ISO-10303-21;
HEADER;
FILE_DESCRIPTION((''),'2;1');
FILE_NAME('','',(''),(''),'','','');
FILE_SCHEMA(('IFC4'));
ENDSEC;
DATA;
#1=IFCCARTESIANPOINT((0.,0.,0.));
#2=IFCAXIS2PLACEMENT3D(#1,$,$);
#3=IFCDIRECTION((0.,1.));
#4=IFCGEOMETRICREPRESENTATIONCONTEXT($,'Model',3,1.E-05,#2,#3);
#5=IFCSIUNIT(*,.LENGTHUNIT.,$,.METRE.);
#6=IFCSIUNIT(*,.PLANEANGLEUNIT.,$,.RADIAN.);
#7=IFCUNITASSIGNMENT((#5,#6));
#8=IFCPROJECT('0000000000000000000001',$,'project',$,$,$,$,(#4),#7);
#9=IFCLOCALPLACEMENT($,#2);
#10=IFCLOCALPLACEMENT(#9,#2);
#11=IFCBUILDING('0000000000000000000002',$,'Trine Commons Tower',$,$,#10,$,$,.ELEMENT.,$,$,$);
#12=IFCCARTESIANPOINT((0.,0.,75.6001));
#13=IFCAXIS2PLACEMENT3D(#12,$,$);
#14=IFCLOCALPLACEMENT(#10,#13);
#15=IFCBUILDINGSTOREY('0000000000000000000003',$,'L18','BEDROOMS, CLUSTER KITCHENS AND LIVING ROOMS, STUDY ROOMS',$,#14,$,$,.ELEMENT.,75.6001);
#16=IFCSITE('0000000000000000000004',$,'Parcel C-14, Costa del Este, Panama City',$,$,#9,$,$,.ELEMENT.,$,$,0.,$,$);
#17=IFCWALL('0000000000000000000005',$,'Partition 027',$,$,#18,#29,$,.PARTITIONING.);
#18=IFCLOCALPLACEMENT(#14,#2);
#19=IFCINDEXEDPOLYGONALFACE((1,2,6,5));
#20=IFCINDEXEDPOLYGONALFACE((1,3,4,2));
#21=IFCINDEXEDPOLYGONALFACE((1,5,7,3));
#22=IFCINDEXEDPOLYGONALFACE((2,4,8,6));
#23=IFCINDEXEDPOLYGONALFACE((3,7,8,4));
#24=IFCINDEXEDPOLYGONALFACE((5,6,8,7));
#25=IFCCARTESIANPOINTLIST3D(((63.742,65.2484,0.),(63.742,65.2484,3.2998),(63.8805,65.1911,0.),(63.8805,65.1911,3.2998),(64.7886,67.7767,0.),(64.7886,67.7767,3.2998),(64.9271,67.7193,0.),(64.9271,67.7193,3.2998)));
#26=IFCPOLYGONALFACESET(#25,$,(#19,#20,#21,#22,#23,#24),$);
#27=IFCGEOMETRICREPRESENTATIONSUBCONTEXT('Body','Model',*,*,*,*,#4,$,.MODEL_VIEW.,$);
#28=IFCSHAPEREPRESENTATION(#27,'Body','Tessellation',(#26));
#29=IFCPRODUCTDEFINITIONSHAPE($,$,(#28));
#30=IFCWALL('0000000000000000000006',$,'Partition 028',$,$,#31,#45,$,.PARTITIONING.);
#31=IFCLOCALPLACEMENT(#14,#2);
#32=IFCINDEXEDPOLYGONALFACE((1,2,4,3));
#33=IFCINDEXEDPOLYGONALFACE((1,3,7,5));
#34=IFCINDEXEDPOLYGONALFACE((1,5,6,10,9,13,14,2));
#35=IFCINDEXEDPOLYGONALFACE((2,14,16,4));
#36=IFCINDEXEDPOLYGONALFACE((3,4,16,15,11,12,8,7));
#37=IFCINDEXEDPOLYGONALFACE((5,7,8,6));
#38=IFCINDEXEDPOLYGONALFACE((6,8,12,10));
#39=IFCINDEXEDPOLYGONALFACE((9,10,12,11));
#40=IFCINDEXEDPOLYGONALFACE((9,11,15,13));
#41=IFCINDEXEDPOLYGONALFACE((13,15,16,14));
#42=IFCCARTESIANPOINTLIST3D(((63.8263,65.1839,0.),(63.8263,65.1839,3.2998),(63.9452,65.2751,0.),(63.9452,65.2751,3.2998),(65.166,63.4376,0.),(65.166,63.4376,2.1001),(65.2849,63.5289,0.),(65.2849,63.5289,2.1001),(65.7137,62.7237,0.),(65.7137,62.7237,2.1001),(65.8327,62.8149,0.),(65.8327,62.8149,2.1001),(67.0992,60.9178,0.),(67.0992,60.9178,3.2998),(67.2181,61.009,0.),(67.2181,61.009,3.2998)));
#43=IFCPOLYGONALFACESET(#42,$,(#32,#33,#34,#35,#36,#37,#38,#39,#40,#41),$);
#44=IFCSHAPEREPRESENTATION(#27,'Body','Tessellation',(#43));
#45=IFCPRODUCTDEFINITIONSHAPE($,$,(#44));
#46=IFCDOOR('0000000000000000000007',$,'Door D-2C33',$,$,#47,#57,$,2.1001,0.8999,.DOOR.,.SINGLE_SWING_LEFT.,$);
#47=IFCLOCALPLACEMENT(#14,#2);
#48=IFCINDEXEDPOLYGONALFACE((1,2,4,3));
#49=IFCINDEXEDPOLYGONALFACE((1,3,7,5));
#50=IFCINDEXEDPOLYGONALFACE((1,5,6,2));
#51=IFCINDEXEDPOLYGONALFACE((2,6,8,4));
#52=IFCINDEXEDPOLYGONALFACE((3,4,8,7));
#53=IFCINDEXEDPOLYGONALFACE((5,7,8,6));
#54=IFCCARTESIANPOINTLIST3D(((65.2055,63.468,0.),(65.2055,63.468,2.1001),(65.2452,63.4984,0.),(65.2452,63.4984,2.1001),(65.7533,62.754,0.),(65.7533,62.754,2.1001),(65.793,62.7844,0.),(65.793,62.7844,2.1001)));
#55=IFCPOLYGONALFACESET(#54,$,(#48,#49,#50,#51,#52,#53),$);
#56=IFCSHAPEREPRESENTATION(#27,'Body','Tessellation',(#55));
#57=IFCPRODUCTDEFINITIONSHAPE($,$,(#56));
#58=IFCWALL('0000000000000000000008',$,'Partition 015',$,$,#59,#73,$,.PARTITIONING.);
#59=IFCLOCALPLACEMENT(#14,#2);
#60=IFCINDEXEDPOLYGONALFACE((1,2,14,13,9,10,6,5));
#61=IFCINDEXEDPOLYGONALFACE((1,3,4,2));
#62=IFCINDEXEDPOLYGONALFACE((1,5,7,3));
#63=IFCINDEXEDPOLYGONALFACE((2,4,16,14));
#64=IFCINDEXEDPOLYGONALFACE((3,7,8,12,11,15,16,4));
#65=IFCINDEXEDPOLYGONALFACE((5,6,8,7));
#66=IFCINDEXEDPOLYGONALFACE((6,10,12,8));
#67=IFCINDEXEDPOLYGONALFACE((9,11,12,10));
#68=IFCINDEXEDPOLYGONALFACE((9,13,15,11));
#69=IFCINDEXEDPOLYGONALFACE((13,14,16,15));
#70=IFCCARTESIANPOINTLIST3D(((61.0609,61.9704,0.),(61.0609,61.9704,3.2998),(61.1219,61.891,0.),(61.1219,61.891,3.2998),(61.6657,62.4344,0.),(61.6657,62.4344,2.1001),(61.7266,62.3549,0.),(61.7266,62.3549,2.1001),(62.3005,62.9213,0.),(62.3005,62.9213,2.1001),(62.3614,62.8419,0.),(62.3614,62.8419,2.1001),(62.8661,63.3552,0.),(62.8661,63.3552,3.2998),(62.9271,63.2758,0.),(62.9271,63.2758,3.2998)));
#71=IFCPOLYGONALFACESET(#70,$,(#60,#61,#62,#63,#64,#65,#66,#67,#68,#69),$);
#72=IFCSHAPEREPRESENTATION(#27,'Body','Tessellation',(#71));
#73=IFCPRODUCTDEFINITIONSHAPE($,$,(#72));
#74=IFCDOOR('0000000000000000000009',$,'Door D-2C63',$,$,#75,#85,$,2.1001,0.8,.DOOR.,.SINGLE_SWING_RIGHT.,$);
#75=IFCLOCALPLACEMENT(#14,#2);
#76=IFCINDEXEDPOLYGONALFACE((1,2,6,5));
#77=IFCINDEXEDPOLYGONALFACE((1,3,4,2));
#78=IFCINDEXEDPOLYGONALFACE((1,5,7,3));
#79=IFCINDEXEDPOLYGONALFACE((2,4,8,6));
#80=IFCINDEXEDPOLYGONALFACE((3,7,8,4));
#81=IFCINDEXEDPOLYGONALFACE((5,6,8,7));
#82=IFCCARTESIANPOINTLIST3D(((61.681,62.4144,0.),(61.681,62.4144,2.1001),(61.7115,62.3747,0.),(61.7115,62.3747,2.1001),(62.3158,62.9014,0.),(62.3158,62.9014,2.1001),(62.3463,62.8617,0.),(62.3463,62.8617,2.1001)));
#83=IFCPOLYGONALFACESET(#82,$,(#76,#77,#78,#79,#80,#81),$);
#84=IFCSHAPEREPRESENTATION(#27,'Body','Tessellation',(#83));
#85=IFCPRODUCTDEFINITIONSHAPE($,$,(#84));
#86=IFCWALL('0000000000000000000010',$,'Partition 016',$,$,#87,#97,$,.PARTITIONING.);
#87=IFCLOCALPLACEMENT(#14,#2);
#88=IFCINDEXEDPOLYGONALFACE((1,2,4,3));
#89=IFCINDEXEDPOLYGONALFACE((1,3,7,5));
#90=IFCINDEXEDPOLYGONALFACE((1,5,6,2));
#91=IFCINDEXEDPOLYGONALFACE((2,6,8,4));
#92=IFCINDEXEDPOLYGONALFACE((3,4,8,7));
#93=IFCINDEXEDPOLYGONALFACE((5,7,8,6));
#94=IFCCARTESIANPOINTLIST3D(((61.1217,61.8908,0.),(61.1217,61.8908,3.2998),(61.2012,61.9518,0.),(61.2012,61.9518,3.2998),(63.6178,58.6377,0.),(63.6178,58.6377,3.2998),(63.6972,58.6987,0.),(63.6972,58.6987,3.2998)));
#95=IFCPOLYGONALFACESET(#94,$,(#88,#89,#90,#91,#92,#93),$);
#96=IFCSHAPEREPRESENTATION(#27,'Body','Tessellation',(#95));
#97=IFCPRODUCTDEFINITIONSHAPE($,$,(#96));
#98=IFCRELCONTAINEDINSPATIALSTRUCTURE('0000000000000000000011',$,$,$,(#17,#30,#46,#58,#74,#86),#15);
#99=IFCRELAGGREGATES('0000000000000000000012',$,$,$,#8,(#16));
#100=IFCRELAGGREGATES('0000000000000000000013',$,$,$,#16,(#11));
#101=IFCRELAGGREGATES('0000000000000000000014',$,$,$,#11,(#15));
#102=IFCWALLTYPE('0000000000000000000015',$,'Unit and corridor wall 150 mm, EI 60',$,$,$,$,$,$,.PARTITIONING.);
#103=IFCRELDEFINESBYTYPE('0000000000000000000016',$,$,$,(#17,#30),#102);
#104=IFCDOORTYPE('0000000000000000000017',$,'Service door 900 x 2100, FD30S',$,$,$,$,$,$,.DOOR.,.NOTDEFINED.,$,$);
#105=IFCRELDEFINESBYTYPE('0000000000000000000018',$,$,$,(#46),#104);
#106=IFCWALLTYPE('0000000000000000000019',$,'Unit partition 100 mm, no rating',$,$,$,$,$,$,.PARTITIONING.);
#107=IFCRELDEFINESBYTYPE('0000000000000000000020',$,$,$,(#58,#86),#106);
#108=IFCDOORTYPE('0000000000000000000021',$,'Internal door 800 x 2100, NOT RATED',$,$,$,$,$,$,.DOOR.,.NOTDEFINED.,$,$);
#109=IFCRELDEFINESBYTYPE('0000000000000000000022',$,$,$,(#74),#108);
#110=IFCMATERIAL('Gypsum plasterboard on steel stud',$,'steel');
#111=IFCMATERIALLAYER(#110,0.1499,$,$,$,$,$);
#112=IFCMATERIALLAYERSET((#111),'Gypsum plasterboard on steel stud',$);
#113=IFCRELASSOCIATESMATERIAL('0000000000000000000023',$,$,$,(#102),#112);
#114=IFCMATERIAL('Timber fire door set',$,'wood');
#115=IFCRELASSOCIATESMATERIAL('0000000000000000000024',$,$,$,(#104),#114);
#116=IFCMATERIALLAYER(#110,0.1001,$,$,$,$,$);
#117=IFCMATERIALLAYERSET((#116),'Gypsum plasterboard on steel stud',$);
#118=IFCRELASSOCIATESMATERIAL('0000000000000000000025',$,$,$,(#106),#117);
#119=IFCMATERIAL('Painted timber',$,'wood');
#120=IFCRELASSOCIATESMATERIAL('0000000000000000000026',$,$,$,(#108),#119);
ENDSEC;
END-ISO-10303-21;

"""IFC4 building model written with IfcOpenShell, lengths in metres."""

from ifc_helpers import new_model, si_unit, direction, frame, frame_2d, origin, place, context, subcontext, project, spatial, rectangle, extrude, material, layer, layer_set, type_object, element, fill, save


model = new_model("IFC4")

# Units and contexts
model_context = context("Model", 3, precision=1e-05, world=origin(), true_north=direction((0.0, 1.0)))
body_context = subcontext(model_context, "Body", "Model", "MODEL_VIEW")
ifc_project = project(units=[si_unit("LENGTHUNIT", "METRE"), si_unit("PLANEANGLEUNIT", "RADIAN")], contexts=[model_context])

# Site, building, storey
site_placement = place(None, origin())
site = spatial("IfcSite", under=ifc_project, at=site_placement, Name="Parcel C-14, Costa del Este, Panama City", CompositionType="ELEMENT", RefElevation=0.0)
building_placement = place(site_placement, origin())
building = spatial("IfcBuilding", under=site, at=building_placement, Name="Trine Commons Tower", CompositionType="ELEMENT")
storey_placement = place(building_placement, frame((0.0, 0.0, 75.6001)))
storey = spatial("IfcBuildingStorey", under=building, at=storey_placement, Name="L18", Description="BEDROOMS, CLUSTER KITCHENS AND LIVING ROOMS, STUDY ROOMS", CompositionType="ELEMENT", Elevation=75.6001)

# Shared definitions
ifc_material_1 = material(Name="Gypsum plasterboard on steel stud", Category="steel")
ifc_layer_1 = layer(ifc_material_1, 0.1499)
ifc_layer_set_1 = layer_set([ifc_layer_1], Name="Gypsum plasterboard on steel stud")
wall_type_1 = type_object("IfcWallType", Name="Unit and corridor wall 150 mm, EI 60", PredefinedType="PARTITIONING", material=ifc_layer_set_1)
ifc_material_2 = material(Name="Timber fire door set", Category="wood")

# Shared definitions
ifc_material_3 = material(Name="Painted timber", Category="wood")

# Wall
wall_1_placement = place(storey_placement, frame((63.8113, 65.2197, 0.0), z_axis=(0.0, 0.0, 1.0), x_axis=(0.382486, 0.923961, 0.0)))
element("IfcWall", 1, at=wall_1_placement, inside=storey, type_object=wall_type_1, Name="Partition 027", PredefinedType="PARTITIONING", context=body_context, shape_type="SweptSolid", body=[
    extrude(rectangle(XDim=2.7363, YDim=0.1499, at=frame_2d((1.3682, 0.0))), origin(), (0.0, 0.0, 1.0), 3.2998),
])

# Walls, openings, doors
wall_2_placement = place(storey_placement, frame((63.8857, 65.2295, 0.0), z_axis=(0.0, 0.0, 1.0), x_axis=(0.608697, -0.793403, 0.0)))
wall_2 = element("IfcWall", 2, at=wall_2_placement, inside=storey, type_object=wall_type_1, Name="Partition 028", PredefinedType="PARTITIONING", context=body_context, shape_type="SweptSolid", body=[
    extrude(rectangle(XDim=5.377, YDim=0.1499, at=frame_2d((2.6885, 0.0))), origin(), (0.0, 0.0, 1.0), 3.2998),
])
opening_1_placement = place(wall_2_placement, frame((2.2009, 0.0, 0.0)))
opening_1 = element("IfcOpeningElement", 3, at=opening_1_placement, cuts=wall_2, PredefinedType="OPENING", context=body_context, shape_type="SweptSolid", body=[
    extrude(rectangle(XDim=0.8999, YDim=2.1001, at=frame_2d((0.45, 1.05))), frame((0.0, 0.085, 0.0), z_axis=(0.0, -1.0, 0.0), x_axis=(1.0, 0.0, 0.0)), (0.0, 0.0, 1.0), 0.1699),
])
door_type_1 = type_object("IfcDoorType", Name="Service door 900 x 2100, FD30S", OperationType="NOTDEFINED", PredefinedType="DOOR", material=ifc_material_2)
door_1_placement = place(opening_1_placement, origin())
door_1 = element("IfcDoor", 4, at=door_1_placement, inside=storey, type_object=door_type_1, Name="Door D-2C33", OperationType="SINGLE_SWING_LEFT", OverallHeight=2.1001, OverallWidth=0.8999, PredefinedType="DOOR", context=body_context, shape_type="SweptSolid", body=[
    extrude(rectangle(XDim=0.8999, YDim=2.1001, at=frame_2d((0.45, 1.05))), frame((0.0, 0.0249, 0.0), z_axis=(0.0, -1.0, 0.0), x_axis=(1.0, 0.0, 0.0)), (0.0, 0.0, 1.0), 0.05),
])
fill(opening_1, door_1)
ifc_layer_2 = layer(ifc_material_1, 0.1001)
ifc_layer_set_2 = layer_set([ifc_layer_2], Name="Gypsum plasterboard on steel stud")
wall_type_2 = type_object("IfcWallType", Name="Unit partition 100 mm, no rating", PredefinedType="PARTITIONING", material=ifc_layer_set_2)
wall_3_placement = place(storey_placement, frame((61.0913, 61.9307, 0.0), z_axis=(0.0, 0.0, 1.0), x_axis=(0.793437, 0.608652, 0.0)))
wall_3 = element("IfcWall", 5, at=wall_3_placement, inside=storey, type_object=wall_type_2, Name="Partition 015", PredefinedType="PARTITIONING", context=body_context, shape_type="SweptSolid", body=[
    extrude(rectangle(XDim=2.2751, YDim=0.1001, at=frame_2d((1.1377, 0.0))), origin(), (0.0, 0.0, 1.0), 3.2998),
])
opening_2_placement = place(wall_3_placement, frame((0.7625, 0.0, 0.0)))
opening_2 = element("IfcOpeningElement", 6, at=opening_2_placement, cuts=wall_3, PredefinedType="OPENING", context=body_context, shape_type="SweptSolid", body=[
    extrude(rectangle(XDim=0.8, YDim=2.1001, at=frame_2d((0.3999, 1.05))), frame((0.0, 0.0601, 0.0), z_axis=(0.0, -1.0, 0.0), x_axis=(1.0, 0.0, 0.0)), (0.0, 0.0, 1.0), 0.1201),
])
door_type_2 = type_object("IfcDoorType", Name="Internal door 800 x 2100, NOT RATED", OperationType="NOTDEFINED", PredefinedType="DOOR", material=ifc_material_3)
door_2_placement = place(opening_2_placement, origin())
door_2 = element("IfcDoor", 7, at=door_2_placement, inside=storey, type_object=door_type_2, Name="Door D-2C63", OperationType="SINGLE_SWING_RIGHT", OverallHeight=2.1001, OverallWidth=0.8, PredefinedType="DOOR", context=body_context, shape_type="SweptSolid", body=[
    extrude(rectangle(XDim=0.8, YDim=2.1001, at=frame_2d((0.3999, 1.05))), frame((0.0, 0.0249, 0.0), z_axis=(0.0, -1.0, 0.0), x_axis=(1.0, 0.0, 0.0)), (0.0, 0.0, 1.0), 0.05),
])
fill(opening_2, door_2)

# Wall
wall_4_placement = place(storey_placement, frame((61.1614, 61.9214, 0.0), z_axis=(0.0, 0.0, 1.0), x_axis=(0.608738, -0.793372, 0.0)))
element("IfcWall", 8, at=wall_4_placement, inside=storey, type_object=wall_type_2, Name="Partition 016", PredefinedType="PARTITIONING", context=body_context, shape_type="SweptSolid", body=[
    extrude(rectangle(XDim=4.1003, YDim=0.1001, at=frame_2d((2.0503, 0.0))), origin(), (0.0, 0.0, 1.0), 3.2998),
])

save(model, "model.ifc")
